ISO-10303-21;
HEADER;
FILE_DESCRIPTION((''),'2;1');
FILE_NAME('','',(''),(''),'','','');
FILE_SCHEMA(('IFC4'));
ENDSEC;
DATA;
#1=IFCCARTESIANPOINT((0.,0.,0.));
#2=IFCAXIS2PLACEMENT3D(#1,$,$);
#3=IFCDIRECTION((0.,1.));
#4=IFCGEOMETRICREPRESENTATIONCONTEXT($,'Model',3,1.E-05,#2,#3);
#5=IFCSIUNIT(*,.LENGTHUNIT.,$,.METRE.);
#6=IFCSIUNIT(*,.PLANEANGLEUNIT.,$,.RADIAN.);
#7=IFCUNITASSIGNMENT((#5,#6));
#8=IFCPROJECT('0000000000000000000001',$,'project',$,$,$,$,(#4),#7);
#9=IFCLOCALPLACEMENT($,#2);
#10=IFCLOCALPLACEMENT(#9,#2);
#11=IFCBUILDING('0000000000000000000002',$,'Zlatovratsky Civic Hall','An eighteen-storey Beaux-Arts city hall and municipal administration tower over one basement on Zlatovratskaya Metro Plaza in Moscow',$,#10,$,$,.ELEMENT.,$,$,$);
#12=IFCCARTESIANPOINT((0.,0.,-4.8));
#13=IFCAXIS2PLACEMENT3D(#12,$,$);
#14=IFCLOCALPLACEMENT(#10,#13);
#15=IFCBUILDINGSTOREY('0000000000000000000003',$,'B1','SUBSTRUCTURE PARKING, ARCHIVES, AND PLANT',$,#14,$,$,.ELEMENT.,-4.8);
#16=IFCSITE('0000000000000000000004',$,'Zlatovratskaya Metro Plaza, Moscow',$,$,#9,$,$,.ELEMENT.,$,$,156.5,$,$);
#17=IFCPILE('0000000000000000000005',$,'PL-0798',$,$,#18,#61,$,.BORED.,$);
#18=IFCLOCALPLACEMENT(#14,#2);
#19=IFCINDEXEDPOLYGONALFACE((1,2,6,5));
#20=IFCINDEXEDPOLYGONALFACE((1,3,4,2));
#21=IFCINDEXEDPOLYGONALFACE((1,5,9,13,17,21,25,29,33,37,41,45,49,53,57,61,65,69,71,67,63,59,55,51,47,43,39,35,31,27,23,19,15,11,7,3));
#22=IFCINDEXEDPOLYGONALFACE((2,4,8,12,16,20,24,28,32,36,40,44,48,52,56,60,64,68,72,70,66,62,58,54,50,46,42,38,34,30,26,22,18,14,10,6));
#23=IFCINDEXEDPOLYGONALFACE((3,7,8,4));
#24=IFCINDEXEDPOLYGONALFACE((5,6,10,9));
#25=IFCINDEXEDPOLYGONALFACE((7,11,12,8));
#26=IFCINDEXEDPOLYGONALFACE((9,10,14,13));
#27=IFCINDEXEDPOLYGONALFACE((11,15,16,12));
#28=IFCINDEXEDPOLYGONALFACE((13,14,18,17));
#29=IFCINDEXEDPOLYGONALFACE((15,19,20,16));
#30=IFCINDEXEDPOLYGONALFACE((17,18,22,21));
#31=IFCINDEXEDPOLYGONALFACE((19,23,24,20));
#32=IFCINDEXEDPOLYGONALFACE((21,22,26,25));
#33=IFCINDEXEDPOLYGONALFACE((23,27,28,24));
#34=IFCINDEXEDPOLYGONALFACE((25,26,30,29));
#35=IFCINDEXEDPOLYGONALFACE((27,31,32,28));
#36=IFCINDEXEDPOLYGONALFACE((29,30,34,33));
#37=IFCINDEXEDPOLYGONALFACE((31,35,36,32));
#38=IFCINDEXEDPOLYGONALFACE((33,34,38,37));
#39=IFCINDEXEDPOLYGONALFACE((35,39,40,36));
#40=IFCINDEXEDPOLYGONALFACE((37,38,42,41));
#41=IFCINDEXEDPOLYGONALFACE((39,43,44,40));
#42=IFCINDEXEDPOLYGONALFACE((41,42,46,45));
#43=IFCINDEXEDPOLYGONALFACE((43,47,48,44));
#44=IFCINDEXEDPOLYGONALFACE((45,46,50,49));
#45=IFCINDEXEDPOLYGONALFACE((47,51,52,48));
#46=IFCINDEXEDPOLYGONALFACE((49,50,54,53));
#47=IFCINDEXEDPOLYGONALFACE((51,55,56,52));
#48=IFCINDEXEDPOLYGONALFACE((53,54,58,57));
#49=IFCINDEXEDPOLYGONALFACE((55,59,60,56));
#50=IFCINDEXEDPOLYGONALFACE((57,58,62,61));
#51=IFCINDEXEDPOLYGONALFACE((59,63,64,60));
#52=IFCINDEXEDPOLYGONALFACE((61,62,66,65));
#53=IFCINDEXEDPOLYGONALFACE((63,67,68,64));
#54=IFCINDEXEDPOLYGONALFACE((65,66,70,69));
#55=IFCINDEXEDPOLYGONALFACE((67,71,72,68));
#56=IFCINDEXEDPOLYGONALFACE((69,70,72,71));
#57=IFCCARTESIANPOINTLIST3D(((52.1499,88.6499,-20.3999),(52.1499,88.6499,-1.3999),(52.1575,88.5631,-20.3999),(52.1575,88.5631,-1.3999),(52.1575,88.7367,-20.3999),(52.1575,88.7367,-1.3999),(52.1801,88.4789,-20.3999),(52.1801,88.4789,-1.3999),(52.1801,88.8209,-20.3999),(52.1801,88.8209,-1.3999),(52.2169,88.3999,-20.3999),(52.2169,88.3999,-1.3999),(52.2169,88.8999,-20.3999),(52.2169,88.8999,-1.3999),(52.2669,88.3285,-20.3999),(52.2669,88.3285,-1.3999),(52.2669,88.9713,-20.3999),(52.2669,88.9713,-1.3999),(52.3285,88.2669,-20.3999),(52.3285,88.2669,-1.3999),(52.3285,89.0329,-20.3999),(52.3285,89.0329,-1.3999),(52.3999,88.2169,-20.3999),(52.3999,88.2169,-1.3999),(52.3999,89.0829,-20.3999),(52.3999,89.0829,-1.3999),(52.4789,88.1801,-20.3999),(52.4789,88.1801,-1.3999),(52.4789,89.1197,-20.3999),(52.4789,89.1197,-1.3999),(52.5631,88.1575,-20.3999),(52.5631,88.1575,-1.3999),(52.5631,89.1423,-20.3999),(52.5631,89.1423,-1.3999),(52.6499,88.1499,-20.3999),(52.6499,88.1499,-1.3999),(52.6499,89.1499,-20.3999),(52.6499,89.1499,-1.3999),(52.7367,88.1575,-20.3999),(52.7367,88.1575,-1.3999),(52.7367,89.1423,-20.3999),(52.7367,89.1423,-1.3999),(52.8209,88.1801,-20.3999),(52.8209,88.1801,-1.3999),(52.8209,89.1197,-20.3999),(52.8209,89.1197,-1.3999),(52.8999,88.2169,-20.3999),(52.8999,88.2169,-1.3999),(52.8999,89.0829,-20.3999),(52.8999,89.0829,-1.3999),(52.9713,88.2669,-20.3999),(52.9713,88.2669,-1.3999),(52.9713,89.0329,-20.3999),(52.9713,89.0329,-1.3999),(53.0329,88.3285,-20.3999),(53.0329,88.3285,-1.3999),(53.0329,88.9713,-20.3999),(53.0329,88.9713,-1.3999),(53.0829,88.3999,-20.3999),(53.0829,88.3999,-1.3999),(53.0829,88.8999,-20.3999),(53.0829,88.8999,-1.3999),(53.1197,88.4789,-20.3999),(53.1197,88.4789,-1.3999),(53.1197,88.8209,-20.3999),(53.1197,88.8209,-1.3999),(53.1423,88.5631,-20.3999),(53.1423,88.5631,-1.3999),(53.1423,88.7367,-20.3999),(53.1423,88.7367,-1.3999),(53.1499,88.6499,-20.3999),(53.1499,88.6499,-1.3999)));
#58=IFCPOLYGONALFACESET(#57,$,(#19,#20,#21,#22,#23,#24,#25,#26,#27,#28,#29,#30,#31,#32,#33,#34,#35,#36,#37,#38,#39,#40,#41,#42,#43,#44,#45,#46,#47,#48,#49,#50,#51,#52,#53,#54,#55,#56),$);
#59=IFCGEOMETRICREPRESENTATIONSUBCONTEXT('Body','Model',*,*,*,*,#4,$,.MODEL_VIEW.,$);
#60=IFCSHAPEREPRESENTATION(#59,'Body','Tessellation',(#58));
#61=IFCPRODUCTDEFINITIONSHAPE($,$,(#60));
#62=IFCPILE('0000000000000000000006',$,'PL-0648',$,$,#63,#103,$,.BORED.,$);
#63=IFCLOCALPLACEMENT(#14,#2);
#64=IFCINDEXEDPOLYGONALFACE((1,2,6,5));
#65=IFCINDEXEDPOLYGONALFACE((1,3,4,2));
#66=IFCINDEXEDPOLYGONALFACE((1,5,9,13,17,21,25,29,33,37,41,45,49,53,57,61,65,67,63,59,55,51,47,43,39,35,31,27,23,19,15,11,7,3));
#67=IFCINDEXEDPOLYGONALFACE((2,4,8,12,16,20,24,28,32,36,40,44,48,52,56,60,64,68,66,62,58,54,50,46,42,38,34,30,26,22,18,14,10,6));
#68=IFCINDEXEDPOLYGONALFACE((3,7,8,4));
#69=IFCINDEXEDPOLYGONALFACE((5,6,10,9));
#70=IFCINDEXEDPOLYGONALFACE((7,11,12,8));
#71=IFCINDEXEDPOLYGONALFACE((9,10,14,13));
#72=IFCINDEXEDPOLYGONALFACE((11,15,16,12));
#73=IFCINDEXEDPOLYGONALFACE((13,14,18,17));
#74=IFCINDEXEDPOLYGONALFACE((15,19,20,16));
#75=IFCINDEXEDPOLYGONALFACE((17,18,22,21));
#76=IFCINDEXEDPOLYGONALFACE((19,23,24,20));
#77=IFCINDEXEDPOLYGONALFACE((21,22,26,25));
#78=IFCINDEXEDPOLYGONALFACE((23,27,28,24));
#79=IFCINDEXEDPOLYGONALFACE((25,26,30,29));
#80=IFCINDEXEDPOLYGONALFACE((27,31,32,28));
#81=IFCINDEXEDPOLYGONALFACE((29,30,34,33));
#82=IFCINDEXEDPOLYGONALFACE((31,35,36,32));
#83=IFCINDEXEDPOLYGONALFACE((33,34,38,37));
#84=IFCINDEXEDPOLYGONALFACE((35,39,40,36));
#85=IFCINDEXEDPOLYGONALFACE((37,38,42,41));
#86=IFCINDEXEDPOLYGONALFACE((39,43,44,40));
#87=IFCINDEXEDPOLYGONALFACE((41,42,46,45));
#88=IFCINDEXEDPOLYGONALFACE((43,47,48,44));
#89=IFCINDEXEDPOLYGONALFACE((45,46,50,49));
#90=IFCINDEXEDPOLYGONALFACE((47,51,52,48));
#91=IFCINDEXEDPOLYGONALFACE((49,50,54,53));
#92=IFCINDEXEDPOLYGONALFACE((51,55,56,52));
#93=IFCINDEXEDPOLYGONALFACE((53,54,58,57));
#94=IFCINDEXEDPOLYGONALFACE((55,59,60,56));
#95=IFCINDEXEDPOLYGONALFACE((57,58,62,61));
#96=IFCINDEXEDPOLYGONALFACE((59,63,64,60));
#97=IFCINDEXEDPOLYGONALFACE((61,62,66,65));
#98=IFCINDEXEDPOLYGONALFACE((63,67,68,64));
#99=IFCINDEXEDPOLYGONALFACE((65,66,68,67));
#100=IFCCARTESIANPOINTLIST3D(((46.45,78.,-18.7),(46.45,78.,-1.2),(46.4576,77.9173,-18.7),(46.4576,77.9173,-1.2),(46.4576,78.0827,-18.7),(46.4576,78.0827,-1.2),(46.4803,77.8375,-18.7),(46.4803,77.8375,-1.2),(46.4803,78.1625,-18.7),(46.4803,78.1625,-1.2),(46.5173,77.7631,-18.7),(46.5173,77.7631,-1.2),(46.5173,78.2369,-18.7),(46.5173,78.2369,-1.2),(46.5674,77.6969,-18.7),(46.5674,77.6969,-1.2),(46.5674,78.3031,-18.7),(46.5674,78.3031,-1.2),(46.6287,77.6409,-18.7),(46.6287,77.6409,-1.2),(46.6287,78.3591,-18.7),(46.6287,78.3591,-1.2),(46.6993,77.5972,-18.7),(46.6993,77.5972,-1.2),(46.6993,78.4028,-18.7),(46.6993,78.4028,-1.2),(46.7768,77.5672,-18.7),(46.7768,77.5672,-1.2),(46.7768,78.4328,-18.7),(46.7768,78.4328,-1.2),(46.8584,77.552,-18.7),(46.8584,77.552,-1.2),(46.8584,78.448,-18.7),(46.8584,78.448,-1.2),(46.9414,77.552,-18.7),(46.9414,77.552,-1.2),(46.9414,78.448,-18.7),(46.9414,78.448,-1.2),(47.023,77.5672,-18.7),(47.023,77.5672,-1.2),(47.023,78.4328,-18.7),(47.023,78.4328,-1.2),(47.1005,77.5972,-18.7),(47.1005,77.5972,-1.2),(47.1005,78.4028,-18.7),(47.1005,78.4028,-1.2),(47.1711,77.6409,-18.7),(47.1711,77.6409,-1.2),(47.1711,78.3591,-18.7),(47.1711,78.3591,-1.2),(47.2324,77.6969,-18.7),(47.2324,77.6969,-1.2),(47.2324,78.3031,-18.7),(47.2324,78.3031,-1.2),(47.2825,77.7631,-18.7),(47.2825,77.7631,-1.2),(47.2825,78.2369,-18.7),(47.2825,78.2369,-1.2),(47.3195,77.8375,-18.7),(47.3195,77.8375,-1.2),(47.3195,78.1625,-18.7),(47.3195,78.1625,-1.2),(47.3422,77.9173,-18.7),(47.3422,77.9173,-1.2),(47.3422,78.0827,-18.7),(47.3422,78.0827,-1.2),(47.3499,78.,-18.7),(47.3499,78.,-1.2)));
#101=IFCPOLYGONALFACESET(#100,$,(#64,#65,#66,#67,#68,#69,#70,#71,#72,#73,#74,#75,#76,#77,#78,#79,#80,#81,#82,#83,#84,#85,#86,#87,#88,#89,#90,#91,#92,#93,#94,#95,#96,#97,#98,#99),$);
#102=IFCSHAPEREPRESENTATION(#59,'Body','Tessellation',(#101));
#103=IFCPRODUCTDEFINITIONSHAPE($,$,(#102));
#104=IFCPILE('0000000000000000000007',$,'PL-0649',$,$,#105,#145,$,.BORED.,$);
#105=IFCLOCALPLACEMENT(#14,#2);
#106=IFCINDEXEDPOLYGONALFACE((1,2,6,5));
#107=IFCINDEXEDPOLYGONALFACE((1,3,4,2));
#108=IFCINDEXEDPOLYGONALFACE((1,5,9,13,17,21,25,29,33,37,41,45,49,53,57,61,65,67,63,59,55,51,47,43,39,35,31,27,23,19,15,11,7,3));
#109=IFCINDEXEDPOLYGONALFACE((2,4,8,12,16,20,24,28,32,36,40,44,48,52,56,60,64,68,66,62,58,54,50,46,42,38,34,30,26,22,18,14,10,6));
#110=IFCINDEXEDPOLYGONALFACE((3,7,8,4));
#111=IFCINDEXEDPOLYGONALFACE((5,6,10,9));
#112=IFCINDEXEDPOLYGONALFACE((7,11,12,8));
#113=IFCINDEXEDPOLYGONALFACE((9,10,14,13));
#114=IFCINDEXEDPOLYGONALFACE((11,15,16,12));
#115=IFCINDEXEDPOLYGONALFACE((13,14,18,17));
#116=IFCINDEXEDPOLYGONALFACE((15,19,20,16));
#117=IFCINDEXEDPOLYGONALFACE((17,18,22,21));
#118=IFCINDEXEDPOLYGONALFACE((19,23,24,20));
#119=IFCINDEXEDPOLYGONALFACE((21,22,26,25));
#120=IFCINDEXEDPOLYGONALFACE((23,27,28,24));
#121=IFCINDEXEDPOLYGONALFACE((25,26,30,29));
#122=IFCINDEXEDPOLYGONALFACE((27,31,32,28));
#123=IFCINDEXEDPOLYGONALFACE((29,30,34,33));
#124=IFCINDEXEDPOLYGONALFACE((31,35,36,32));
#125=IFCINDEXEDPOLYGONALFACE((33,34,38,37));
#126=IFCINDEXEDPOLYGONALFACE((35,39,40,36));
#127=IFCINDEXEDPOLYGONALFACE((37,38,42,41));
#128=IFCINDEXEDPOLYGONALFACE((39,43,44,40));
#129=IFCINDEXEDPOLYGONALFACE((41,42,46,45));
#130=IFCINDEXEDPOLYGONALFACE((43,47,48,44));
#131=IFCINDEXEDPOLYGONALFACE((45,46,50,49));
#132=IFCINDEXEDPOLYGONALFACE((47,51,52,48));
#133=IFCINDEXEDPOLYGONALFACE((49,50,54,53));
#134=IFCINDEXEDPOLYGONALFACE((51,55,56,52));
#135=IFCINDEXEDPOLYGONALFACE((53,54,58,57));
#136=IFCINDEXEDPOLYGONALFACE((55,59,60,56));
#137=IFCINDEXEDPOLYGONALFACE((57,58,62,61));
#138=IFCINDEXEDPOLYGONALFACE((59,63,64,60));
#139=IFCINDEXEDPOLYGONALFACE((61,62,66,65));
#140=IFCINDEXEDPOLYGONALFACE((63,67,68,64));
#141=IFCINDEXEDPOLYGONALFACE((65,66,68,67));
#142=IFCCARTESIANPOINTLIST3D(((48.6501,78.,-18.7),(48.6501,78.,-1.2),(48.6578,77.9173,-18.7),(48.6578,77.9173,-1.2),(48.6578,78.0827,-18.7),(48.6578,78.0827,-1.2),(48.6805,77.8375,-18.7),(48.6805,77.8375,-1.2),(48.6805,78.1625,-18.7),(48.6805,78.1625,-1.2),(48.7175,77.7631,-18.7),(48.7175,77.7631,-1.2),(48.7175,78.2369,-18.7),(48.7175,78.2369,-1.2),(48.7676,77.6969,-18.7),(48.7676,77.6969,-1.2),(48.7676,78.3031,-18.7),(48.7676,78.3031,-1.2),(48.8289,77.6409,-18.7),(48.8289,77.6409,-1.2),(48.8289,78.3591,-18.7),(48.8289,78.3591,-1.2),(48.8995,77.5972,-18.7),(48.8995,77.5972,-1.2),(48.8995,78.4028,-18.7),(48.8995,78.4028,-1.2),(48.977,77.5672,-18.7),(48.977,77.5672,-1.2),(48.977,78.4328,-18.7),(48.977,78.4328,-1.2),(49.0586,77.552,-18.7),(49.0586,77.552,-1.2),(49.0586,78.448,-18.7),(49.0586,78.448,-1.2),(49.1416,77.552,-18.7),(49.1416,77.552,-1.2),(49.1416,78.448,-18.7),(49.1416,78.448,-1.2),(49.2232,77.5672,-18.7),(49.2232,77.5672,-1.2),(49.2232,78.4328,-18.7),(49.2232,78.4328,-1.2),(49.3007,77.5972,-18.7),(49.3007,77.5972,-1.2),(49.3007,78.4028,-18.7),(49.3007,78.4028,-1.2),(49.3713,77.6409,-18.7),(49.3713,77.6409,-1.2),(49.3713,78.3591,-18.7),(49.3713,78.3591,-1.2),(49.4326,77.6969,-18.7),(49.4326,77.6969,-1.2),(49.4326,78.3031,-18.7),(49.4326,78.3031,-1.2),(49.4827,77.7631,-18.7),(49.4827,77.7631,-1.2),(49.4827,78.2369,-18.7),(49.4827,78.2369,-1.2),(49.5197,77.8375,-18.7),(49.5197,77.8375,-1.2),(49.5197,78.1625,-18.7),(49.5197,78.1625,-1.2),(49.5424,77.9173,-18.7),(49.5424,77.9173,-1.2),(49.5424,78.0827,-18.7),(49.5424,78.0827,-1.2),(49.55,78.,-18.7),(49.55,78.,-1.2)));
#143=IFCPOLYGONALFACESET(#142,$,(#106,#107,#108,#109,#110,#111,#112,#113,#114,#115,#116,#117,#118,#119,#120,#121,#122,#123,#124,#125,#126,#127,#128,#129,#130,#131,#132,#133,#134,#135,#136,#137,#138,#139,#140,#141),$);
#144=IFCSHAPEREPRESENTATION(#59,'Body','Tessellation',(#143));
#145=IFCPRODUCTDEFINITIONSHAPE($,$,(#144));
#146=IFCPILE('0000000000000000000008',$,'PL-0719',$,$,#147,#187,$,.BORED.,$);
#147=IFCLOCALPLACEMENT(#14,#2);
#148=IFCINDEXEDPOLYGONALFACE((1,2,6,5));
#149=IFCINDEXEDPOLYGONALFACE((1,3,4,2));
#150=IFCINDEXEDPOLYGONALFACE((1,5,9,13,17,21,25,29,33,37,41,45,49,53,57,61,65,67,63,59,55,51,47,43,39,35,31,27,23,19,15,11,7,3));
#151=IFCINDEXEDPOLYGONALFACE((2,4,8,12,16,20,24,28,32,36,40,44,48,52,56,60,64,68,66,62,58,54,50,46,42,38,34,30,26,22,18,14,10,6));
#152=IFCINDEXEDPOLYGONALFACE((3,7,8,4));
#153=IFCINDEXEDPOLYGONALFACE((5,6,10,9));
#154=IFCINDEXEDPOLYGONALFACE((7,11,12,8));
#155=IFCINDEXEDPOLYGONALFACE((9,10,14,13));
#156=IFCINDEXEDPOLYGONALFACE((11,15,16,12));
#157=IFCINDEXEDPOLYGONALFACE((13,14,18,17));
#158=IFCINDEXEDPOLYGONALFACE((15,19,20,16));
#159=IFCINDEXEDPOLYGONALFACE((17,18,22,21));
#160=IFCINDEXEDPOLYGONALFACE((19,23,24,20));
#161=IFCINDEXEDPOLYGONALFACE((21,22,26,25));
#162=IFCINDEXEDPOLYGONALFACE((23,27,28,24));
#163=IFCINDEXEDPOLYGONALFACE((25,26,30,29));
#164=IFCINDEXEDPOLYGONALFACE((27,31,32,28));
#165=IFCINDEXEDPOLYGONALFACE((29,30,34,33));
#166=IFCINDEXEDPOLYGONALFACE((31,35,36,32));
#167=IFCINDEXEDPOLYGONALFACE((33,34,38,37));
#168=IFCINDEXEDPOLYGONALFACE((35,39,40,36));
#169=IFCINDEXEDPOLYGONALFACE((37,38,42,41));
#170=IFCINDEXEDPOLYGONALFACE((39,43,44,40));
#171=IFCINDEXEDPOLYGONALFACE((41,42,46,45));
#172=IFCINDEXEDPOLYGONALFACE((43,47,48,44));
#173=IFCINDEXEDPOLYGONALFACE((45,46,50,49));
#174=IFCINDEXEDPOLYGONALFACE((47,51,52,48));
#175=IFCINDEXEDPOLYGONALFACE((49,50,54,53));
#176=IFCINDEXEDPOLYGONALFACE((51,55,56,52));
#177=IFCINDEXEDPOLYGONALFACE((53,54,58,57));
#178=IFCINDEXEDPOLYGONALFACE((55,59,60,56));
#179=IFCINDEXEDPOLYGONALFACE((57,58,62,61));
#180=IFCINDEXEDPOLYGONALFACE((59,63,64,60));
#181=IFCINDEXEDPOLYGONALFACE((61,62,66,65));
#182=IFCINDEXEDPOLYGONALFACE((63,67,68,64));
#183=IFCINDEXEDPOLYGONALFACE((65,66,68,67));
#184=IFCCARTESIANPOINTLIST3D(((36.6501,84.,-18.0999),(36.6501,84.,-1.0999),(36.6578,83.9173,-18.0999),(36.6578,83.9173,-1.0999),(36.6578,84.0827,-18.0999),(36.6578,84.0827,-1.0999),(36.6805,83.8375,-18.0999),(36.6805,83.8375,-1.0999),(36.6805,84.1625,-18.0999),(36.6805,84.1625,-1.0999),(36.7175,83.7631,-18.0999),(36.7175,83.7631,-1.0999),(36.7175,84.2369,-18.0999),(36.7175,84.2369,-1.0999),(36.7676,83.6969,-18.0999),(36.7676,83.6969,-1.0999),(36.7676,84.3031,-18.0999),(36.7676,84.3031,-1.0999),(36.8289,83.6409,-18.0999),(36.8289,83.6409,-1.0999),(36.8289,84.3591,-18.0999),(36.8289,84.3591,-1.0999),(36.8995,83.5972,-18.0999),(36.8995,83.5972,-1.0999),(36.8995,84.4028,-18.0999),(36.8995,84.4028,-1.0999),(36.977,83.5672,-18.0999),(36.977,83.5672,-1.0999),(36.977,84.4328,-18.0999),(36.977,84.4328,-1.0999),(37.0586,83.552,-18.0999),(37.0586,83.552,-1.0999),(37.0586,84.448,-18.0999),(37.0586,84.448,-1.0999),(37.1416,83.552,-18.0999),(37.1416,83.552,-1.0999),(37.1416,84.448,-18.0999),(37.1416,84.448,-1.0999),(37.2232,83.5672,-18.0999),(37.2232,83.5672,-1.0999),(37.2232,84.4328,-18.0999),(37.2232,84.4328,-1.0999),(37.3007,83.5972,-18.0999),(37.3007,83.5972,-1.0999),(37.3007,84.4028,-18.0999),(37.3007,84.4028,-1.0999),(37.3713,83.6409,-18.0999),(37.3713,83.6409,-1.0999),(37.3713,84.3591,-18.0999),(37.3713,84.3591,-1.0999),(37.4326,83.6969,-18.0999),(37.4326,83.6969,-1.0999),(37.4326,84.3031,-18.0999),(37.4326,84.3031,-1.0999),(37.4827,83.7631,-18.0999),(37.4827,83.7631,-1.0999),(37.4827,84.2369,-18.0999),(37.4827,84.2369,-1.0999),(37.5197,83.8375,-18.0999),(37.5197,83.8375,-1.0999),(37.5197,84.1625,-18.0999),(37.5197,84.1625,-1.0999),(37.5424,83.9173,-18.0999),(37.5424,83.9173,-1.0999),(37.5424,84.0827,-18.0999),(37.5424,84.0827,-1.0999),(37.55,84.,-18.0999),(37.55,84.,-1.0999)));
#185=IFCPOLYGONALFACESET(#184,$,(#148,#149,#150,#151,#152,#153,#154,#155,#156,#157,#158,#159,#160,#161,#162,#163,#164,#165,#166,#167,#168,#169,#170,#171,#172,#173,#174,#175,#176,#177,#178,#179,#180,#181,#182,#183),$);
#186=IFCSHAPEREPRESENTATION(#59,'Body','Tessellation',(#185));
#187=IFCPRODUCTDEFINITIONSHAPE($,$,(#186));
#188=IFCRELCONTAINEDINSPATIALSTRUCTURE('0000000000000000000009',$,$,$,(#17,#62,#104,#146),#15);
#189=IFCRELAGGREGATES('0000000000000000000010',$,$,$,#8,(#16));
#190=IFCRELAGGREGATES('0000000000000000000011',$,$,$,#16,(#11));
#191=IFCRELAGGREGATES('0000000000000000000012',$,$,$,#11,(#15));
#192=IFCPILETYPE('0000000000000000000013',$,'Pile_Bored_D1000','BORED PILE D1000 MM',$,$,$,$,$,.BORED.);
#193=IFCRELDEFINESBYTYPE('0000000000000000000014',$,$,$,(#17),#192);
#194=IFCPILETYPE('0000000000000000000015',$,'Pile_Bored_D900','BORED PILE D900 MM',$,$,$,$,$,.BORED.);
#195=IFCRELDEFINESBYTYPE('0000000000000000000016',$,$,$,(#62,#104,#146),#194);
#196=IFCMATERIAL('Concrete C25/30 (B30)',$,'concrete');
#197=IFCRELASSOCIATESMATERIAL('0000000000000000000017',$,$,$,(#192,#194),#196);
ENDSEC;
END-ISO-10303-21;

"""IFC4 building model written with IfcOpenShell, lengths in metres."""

from ifc_helpers import new_model, si_unit, direction, frame, origin, origin_2d, place, context, subcontext, project, spatial, circle, extrude, material, material_profile, profile_set, type_object, element, save


model = new_model("IFC4")

# Units and contexts
model_context = context("Model", 3, precision=1e-05, world=origin(), true_north=direction((0.0, 1.0)))
body_context = subcontext(model_context, "Body", "Model", "MODEL_VIEW")
ifc_project = project(units=[si_unit("LENGTHUNIT", "METRE"), si_unit("PLANEANGLEUNIT", "RADIAN")], contexts=[model_context])

# Site, building, storey
site_placement = place(None, origin())
site = spatial("IfcSite", under=ifc_project, at=site_placement, Name="Zlatovratskaya Metro Plaza, Moscow", CompositionType="ELEMENT", RefElevation=156.5)
building_placement = place(site_placement, origin())
building = spatial("IfcBuilding", under=site, at=building_placement, Name="Zlatovratsky Civic Hall", Description="An eighteen-storey Beaux-Arts city hall and municipal administration tower over one basement on Zlatovratskaya Metro Plaza in Moscow", CompositionType="ELEMENT")
storey_placement = place(building_placement, frame((0.0, 0.0, -4.8)))
storey = spatial("IfcBuildingStorey", under=building, at=storey_placement, Name="B1", Description="SUBSTRUCTURE PARKING, ARCHIVES, AND PLANT", CompositionType="ELEMENT", Elevation=-4.8)

# Shared definitions
ifc_material_1 = material(Name="Concrete C25/30 (B30)", Category="concrete")

# Piles
ifc_material_profile_1 = material_profile(ifc_material_1, circle(Radius=0.5, at=origin_2d()), Name="PILE D1000")
ifc_profile_set_1 = profile_set([ifc_material_profile_1], Name="Concrete C25/30 (B30)")
pile_type_1 = type_object("IfcPileType", Name="Pile_Bored_D1000", Description="BORED PILE D1000 MM", PredefinedType="BORED", material=ifc_profile_set_1)
for number, where, z_axis, x_axis, name in (
    (1, (52.6499, 88.6499, -1.3999), (0.0, 0.0, -1.0), (1.0, 0.0, 0.0), "PL-0798"),
):
    element("IfcPile", number, at=place(storey_placement, frame(where, z_axis=z_axis, x_axis=x_axis)), inside=storey, type_object=pile_type_1, Name=name, PredefinedType="BORED", context=body_context, shape_type="SweptSolid", body=[
        extrude(circle(Radius=0.5, at=origin_2d()), origin(), (0.0, 0.0, 1.0), 19.0),
    ])
ifc_material_profile_2 = material_profile(ifc_material_1, circle(Radius=0.45, at=origin_2d()), Name="PILE D900")
ifc_profile_set_2 = profile_set([ifc_material_profile_2], Name="Concrete C25/30 (B30)")
pile_type_2 = type_object("IfcPileType", Name="Pile_Bored_D900", Description="BORED PILE D900 MM", PredefinedType="BORED", material=ifc_profile_set_2)
for number, where, z_axis, x_axis, name in (
    (2, (46.8999, 78.0, -1.2), (0.0, 0.0, -1.0), (1.0, 0.0, 0.0), "PL-0648"),
    (3, (49.1001, 78.0, -1.2), (0.0, 0.0, -1.0), (1.0, 0.0, 0.0), "PL-0649"),
):
    element("IfcPile", number, at=place(storey_placement, frame(where, z_axis=z_axis, x_axis=x_axis)), inside=storey, type_object=pile_type_2, Name=name, PredefinedType="BORED", context=body_context, shape_type="SweptSolid", body=[
        extrude(circle(Radius=0.45, at=origin_2d()), origin(), (0.0, 0.0, 1.0), 17.5),
    ])
pile_1_placement = place(storey_placement, frame((37.1001, 84.0, -1.0999), z_axis=(0.0, 0.0, -1.0), x_axis=(1.0, 0.0, 0.0)))
element("IfcPile", 4, at=pile_1_placement, inside=storey, type_object=pile_type_2, Name="PL-0719", PredefinedType="BORED", context=body_context, shape_type="SweptSolid", body=[
    extrude(circle(Radius=0.45, at=origin_2d()), origin(), (0.0, 0.0, 1.0), 17.0),
])

save(model, "model.ifc")
